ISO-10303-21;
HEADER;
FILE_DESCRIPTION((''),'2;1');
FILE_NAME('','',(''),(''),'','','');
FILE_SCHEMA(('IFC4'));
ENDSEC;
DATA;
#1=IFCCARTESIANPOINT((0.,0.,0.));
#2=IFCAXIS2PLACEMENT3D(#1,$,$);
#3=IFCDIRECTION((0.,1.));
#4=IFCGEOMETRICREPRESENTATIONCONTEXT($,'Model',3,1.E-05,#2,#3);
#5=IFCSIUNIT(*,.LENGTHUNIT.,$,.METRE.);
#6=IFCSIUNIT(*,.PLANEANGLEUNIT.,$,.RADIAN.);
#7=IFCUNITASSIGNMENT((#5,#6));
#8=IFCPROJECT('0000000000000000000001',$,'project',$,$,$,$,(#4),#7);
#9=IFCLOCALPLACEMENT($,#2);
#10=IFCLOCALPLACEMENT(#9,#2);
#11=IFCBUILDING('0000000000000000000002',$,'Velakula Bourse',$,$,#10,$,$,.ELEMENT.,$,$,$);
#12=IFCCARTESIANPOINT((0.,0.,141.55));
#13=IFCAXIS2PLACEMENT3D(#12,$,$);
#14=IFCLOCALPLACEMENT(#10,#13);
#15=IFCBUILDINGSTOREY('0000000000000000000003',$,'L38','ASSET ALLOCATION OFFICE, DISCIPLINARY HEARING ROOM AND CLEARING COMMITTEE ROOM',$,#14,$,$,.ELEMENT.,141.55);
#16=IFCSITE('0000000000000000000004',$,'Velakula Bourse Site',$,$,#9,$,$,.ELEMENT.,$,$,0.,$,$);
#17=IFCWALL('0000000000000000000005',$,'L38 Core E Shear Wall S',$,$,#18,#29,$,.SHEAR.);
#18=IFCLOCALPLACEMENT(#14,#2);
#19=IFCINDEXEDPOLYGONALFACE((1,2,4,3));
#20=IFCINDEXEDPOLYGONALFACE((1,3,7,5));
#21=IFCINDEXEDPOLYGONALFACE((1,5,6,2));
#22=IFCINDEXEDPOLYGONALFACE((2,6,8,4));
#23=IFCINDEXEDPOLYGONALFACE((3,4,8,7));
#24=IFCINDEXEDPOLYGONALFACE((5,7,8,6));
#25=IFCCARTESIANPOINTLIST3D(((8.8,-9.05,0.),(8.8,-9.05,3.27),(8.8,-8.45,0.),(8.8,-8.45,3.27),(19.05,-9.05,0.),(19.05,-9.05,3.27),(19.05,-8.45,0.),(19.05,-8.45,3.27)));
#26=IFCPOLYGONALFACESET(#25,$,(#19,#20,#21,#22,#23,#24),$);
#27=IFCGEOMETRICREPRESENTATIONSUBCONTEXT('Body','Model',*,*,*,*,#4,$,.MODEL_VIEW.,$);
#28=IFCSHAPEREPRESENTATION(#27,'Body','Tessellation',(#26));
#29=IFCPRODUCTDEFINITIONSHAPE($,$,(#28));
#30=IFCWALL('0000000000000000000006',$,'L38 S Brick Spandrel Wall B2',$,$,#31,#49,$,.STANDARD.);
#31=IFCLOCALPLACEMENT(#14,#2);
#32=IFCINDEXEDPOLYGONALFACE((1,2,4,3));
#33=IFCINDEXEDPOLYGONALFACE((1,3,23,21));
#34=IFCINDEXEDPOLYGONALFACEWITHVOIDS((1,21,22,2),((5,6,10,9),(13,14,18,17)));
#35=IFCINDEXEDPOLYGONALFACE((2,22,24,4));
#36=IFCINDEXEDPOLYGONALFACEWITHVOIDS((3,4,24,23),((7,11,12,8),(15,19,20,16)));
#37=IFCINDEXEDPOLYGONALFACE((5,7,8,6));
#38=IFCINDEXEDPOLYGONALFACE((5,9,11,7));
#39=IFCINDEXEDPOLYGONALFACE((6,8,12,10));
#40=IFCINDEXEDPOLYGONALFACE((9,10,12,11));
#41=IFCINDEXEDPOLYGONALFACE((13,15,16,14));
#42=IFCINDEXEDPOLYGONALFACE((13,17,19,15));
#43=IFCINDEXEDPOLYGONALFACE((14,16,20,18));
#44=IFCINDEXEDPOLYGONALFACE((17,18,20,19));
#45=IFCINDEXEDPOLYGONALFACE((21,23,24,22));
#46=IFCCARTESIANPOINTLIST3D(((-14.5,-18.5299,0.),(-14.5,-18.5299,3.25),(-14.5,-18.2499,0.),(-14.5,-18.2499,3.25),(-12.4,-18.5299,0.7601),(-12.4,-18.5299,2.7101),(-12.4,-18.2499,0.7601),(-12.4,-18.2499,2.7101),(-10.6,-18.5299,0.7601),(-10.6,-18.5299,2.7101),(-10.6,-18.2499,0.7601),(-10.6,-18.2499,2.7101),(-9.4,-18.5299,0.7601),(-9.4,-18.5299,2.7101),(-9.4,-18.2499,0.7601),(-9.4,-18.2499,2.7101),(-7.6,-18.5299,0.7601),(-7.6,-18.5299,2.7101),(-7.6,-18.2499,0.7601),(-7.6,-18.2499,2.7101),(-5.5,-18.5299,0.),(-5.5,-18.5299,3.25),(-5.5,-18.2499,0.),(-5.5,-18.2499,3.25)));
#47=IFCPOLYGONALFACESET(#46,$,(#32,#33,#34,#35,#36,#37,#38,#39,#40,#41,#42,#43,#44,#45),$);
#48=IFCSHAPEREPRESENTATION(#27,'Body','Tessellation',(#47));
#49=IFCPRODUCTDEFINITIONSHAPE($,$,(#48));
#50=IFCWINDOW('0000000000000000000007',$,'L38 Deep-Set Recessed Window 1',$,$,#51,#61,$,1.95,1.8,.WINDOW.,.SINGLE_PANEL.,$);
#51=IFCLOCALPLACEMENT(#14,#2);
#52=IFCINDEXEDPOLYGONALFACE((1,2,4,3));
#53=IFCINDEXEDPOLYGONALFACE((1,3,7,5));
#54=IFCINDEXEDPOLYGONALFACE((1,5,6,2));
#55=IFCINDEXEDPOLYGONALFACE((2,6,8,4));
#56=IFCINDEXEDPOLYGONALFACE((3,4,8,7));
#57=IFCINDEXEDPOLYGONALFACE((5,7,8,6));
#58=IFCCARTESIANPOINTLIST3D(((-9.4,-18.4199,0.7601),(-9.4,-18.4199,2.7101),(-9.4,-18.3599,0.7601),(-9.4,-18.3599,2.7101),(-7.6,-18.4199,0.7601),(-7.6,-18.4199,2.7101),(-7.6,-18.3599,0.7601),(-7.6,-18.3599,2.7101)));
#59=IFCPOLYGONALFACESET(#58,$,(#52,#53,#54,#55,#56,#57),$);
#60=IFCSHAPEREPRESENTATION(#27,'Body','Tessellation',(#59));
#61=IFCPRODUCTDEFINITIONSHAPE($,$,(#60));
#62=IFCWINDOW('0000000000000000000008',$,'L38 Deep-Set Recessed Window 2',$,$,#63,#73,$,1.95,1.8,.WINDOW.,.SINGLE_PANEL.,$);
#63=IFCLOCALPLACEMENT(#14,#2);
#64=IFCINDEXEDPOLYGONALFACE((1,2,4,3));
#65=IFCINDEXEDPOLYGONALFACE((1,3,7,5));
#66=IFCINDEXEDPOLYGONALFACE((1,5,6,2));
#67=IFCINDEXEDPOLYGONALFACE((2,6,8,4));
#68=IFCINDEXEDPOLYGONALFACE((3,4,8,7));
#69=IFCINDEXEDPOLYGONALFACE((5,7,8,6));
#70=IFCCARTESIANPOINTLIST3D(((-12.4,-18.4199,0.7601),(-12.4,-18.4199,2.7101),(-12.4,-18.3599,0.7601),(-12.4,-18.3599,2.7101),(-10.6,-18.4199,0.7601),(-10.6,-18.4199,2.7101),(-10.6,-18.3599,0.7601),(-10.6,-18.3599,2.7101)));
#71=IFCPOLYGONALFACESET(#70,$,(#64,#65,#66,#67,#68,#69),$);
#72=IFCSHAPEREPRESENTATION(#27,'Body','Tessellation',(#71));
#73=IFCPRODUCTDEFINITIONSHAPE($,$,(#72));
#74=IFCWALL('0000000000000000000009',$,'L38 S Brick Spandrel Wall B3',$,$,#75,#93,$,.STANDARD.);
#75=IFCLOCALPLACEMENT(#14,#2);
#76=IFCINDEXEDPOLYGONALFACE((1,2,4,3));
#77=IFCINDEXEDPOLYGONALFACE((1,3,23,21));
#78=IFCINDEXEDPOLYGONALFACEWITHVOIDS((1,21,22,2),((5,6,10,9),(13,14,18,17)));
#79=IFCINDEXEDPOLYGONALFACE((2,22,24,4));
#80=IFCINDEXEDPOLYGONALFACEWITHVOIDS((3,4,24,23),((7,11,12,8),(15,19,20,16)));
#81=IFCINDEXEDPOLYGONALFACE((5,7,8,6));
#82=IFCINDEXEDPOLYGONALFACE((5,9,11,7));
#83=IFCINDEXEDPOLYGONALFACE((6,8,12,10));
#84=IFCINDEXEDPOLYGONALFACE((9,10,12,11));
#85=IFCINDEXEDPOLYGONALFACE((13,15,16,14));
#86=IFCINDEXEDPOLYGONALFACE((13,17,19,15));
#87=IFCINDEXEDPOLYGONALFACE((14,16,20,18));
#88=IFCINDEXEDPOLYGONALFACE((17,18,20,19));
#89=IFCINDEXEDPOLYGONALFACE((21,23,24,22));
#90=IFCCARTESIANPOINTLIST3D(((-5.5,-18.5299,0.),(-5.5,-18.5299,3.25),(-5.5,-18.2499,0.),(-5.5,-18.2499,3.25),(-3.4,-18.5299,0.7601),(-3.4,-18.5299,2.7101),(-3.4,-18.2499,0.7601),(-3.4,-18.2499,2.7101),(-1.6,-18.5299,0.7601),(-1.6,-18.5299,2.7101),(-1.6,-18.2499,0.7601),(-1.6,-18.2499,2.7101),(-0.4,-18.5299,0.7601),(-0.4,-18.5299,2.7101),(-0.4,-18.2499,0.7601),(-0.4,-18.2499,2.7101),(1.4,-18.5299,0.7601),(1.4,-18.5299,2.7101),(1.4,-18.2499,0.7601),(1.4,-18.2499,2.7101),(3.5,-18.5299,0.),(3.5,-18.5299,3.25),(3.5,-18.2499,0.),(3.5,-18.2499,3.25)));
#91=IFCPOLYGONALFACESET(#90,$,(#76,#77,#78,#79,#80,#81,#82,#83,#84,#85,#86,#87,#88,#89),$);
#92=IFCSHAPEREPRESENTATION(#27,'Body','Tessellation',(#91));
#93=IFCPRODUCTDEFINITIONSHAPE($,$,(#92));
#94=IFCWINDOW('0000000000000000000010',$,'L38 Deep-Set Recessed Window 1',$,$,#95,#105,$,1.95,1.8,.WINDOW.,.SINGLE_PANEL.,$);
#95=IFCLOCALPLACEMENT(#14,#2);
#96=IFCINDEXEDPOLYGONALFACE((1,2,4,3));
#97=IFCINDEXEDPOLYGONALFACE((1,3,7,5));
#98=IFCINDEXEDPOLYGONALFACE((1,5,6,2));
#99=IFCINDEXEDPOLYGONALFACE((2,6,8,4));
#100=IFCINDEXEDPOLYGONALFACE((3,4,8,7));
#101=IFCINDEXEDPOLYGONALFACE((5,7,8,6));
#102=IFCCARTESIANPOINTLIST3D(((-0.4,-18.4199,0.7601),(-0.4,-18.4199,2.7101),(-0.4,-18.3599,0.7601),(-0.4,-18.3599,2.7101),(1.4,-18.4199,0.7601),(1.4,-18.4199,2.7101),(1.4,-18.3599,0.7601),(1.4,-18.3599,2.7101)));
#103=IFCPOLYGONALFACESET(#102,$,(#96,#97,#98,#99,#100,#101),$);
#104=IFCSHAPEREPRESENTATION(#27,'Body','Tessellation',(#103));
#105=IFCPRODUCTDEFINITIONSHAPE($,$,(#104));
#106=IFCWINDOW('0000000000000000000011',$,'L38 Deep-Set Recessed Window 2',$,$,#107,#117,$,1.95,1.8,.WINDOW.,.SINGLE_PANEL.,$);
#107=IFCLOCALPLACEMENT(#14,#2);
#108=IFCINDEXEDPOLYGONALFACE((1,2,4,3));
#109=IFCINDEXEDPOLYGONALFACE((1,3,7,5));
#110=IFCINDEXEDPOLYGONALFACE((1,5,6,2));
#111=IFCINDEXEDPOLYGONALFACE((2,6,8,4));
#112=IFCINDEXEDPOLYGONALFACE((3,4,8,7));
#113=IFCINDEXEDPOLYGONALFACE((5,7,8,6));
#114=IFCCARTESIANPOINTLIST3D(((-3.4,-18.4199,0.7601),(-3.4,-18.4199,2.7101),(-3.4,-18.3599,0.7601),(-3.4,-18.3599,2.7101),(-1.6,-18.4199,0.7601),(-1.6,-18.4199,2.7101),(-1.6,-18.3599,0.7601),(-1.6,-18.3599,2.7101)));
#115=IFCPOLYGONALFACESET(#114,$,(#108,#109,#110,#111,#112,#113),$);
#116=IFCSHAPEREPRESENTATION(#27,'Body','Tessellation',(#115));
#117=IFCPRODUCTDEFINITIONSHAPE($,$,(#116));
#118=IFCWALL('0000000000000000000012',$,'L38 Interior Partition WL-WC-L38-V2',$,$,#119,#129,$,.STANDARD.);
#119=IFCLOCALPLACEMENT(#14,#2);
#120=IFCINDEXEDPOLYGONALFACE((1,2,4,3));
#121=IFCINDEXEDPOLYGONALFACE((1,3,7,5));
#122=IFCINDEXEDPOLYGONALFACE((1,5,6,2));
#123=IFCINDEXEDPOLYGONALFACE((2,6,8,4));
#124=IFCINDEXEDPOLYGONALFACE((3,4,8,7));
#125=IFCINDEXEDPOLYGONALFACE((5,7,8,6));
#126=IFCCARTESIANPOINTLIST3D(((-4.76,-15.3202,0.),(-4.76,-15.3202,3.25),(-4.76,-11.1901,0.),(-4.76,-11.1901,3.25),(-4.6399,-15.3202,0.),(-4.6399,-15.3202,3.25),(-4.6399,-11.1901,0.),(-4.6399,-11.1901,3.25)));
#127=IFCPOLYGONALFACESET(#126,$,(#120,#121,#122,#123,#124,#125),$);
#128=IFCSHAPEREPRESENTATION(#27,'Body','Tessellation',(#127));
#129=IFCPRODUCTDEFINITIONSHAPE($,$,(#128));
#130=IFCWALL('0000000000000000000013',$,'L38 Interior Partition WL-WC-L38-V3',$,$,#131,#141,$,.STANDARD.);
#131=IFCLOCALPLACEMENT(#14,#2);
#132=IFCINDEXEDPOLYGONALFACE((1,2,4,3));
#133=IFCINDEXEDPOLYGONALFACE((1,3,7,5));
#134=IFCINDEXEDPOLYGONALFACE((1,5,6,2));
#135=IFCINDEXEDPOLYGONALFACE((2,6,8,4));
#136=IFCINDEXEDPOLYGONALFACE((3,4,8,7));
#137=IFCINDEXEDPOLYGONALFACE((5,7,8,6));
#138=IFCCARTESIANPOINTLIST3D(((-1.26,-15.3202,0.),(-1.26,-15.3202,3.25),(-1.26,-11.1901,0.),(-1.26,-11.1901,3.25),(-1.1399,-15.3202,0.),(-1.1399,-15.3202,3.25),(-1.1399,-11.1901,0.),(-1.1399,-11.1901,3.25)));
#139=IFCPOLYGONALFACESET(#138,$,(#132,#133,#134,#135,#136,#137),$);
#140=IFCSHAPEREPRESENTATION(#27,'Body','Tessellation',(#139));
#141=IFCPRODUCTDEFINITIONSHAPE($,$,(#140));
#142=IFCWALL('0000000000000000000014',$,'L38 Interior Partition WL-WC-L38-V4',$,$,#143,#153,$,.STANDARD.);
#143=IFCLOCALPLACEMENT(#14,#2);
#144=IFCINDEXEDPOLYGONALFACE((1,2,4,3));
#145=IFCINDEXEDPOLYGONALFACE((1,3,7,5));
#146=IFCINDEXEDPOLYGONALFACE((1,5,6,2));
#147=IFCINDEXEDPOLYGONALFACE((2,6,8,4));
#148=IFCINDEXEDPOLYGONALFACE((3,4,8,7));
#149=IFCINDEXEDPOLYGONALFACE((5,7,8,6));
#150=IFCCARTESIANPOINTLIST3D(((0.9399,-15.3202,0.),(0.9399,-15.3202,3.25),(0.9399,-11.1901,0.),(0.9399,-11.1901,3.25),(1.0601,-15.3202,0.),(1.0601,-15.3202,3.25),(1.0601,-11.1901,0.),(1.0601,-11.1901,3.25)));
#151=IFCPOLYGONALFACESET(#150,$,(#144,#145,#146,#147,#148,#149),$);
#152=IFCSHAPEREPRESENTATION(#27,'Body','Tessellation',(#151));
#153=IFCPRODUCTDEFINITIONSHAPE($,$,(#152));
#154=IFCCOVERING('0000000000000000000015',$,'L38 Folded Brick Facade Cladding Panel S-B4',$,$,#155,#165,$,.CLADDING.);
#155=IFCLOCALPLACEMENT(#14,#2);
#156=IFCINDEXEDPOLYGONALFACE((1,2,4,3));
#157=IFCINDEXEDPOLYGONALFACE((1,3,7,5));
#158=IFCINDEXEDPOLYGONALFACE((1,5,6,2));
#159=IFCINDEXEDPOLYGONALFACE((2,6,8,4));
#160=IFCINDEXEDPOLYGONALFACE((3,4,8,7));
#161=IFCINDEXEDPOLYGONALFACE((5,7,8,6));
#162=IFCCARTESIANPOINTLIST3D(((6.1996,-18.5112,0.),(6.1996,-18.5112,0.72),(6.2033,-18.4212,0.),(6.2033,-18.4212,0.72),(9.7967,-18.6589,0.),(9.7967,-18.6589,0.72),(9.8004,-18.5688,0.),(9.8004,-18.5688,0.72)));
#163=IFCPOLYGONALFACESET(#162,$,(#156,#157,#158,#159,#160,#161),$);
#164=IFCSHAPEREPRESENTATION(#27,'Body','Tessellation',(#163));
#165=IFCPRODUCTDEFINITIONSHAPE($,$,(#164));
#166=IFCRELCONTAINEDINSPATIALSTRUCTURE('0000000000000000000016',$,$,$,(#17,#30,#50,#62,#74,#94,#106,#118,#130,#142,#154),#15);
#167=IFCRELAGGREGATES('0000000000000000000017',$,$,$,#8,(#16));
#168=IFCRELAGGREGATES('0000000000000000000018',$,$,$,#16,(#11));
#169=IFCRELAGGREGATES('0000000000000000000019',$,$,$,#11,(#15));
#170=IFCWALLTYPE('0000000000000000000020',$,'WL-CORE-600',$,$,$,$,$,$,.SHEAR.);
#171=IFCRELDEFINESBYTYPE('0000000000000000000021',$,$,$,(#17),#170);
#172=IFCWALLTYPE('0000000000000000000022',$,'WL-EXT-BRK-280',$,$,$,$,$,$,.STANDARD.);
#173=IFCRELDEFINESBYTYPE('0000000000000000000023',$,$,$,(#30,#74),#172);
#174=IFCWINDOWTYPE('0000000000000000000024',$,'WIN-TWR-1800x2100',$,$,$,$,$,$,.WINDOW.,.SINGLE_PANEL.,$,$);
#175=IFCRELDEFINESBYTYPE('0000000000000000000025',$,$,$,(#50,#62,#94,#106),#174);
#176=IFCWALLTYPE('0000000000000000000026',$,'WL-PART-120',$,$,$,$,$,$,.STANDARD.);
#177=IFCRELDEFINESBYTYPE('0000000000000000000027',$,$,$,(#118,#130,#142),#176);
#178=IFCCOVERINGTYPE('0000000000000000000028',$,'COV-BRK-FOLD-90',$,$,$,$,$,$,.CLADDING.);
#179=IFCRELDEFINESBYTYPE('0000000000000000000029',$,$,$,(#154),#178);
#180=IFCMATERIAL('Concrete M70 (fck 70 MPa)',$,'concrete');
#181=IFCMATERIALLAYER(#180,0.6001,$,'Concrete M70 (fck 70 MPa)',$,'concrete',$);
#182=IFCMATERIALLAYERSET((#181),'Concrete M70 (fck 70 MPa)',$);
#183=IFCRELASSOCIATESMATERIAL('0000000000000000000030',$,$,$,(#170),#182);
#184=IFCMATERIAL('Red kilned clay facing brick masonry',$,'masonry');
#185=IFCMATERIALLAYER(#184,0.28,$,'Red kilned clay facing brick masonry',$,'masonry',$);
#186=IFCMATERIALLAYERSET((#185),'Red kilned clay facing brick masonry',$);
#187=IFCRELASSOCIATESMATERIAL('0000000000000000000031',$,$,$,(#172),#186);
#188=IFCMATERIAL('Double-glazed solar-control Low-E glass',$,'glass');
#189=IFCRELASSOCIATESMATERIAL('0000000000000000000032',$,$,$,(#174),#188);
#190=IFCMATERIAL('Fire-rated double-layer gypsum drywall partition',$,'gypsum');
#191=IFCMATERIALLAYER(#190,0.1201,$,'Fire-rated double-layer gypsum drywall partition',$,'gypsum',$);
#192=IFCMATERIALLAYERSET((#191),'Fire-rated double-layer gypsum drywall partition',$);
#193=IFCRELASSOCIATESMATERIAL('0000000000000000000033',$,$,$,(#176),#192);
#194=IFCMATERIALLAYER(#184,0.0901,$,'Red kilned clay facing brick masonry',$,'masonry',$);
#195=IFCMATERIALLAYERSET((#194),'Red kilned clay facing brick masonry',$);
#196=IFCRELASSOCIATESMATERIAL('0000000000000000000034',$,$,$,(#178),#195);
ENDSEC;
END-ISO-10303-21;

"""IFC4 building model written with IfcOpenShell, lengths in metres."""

from ifc_helpers import new_model, si_unit, direction, frame, frame_2d, origin, origin_2d, place, context, subcontext, project, spatial, rectangle, extrude, material, layer, layer_set, type_object, element, fill, save


model = new_model("IFC4")

# Units and contexts
model_context = context("Model", 3, precision=1e-05, world=origin(), true_north=direction((0.0, 1.0)))
body_context = subcontext(model_context, "Body", "Model", "MODEL_VIEW")
ifc_project = project(units=[si_unit("LENGTHUNIT", "METRE"), si_unit("PLANEANGLEUNIT", "RADIAN")], contexts=[model_context])

# Site, building, storey
site_placement = place(None, origin())
site = spatial("IfcSite", under=ifc_project, at=site_placement, Name="Velakula Bourse Site", CompositionType="ELEMENT", RefElevation=0.0)
building_placement = place(site_placement, origin())
building = spatial("IfcBuilding", under=site, at=building_placement, Name="Velakula Bourse", CompositionType="ELEMENT")
storey_placement = place(building_placement, frame((0.0, 0.0, 141.55)))
storey = spatial("IfcBuildingStorey", under=building, at=storey_placement, Name="L38", Description="ASSET ALLOCATION OFFICE, DISCIPLINARY HEARING ROOM AND CLEARING COMMITTEE ROOM", CompositionType="ELEMENT", Elevation=141.55)

# Shared definitions
ifc_material_1 = material(Name="Concrete M70 (fck 70 MPa)", Category="concrete")

# Wall
ifc_layer_1 = layer(ifc_material_1, 0.6001, Name="Concrete M70 (fck 70 MPa)", Category="concrete")
ifc_layer_set_1 = layer_set([ifc_layer_1], Name="Concrete M70 (fck 70 MPa)")
wall_type_1 = type_object("IfcWallType", Name="WL-CORE-600", PredefinedType="SHEAR", material=ifc_layer_set_1)
wall_1_placement = place(storey_placement, frame((8.8, -8.75, 0.0), z_axis=(0.0, 0.0, 1.0), x_axis=(1.0, 0.0, 0.0)))
element("IfcWall", 1, at=wall_1_placement, inside=storey, type_object=wall_type_1, Name="L38 Core E Shear Wall S", PredefinedType="SHEAR", context=body_context, shape_type="SweptSolid", body=[
    extrude(rectangle(XDim=10.25, YDim=0.6001, at=frame_2d((5.125, 0.0))), origin(), (0.0, 0.0, 1.0), 3.27),
])

# Walls, openings, windows
ifc_material_2 = material(Name="Red kilned clay facing brick masonry", Category="masonry")
ifc_layer_2 = layer(ifc_material_2, 0.28, Name="Red kilned clay facing brick masonry", Category="masonry")
ifc_layer_set_2 = layer_set([ifc_layer_2], Name="Red kilned clay facing brick masonry")
wall_type_2 = type_object("IfcWallType", Name="WL-EXT-BRK-280", PredefinedType="STANDARD", material=ifc_layer_set_2)
wall_2_placement = place(storey_placement, frame((-5.5, -18.3899, 0.0), z_axis=(0.0, 0.0, 1.0), x_axis=(-1.0, 0.0, 0.0)))
wall_2 = element("IfcWall", 2, at=wall_2_placement, inside=storey, type_object=wall_type_2, Name="L38 S Brick Spandrel Wall B2", PredefinedType="STANDARD", context=body_context, shape_type="SweptSolid", body=[
    extrude(rectangle(XDim=9.0, YDim=0.28, at=frame_2d((4.5, 0.0))), origin(), (0.0, 0.0, 1.0), 3.25),
])
opening_1_placement = place(wall_2_placement, frame((2.1001, 0.0, 0.76)))
opening_1 = element("IfcOpeningElement", 3, at=opening_1_placement, cuts=wall_2, PredefinedType="OPENING", context=body_context, shape_type="SweptSolid", body=[
    extrude(rectangle(XDim=1.8, YDim=1.95, at=frame_2d((0.8999, 0.9751))), frame((0.0, 0.1499, 0.0), z_axis=(0.0, -1.0, 0.0), x_axis=(1.0, 0.0, 0.0)), (0.0, 0.0, 1.0), 0.3),
])
opening_2_placement = place(wall_2_placement, frame((5.1001, 0.0, 0.76)))
opening_2 = element("IfcOpeningElement", 4, at=opening_2_placement, cuts=wall_2, PredefinedType="OPENING", context=body_context, shape_type="SweptSolid", body=[
    extrude(rectangle(XDim=1.8, YDim=1.95, at=frame_2d((0.8999, 0.9751))), frame((0.0, 0.1499, 0.0), z_axis=(0.0, -1.0, 0.0), x_axis=(1.0, 0.0, 0.0)), (0.0, 0.0, 1.0), 0.3),
])
ifc_material_3 = material(Name="Double-glazed solar-control Low-E glass", Category="glass")
window_type = type_object("IfcWindowType", Name="WIN-TWR-1800x2100", PartitioningType="SINGLE_PANEL", PredefinedType="WINDOW", material=ifc_material_3)
window_1_placement = place(opening_1_placement, origin())
window_1 = element("IfcWindow", 5, at=window_1_placement, inside=storey, type_object=window_type, Name="L38 Deep-Set Recessed Window 1", OverallHeight=1.95, OverallWidth=1.8, PartitioningType="SINGLE_PANEL", PredefinedType="WINDOW", context=body_context, shape_type="SweptSolid", body=[
    extrude(rectangle(XDim=1.8, YDim=1.95, at=frame_2d((0.8999, 0.9751))), frame((0.0, 0.03, 0.0), z_axis=(0.0, -1.0, 0.0), x_axis=(1.0, 0.0, 0.0)), (0.0, 0.0, 1.0), 0.0601),
])
fill(opening_1, window_1)
window_2_placement = place(opening_2_placement, origin())
window_2 = element("IfcWindow", 6, at=window_2_placement, inside=storey, type_object=window_type, Name="L38 Deep-Set Recessed Window 2", OverallHeight=1.95, OverallWidth=1.8, PartitioningType="SINGLE_PANEL", PredefinedType="WINDOW", context=body_context, shape_type="SweptSolid", body=[
    extrude(rectangle(XDim=1.8, YDim=1.95, at=frame_2d((0.8999, 0.9751))), frame((0.0, 0.03, 0.0), z_axis=(0.0, -1.0, 0.0), x_axis=(1.0, 0.0, 0.0)), (0.0, 0.0, 1.0), 0.0601),
])
fill(opening_2, window_2)
wall_3_placement = place(storey_placement, frame((3.5, -18.3899, 0.0), z_axis=(0.0, 0.0, 1.0), x_axis=(-1.0, 0.0, 0.0)))
wall_3 = element("IfcWall", 7, at=wall_3_placement, inside=storey, type_object=wall_type_2, Name="L38 S Brick Spandrel Wall B3", PredefinedType="STANDARD", context=body_context, shape_type="SweptSolid", body=[
    extrude(rectangle(XDim=9.0, YDim=0.28, at=frame_2d((4.5, 0.0))), origin(), (0.0, 0.0, 1.0), 3.25),
])
opening_3_placement = place(wall_3_placement, frame((2.1001, 0.0, 0.76)))
opening_3 = element("IfcOpeningElement", 8, at=opening_3_placement, cuts=wall_3, PredefinedType="OPENING", context=body_context, shape_type="SweptSolid", body=[
    extrude(rectangle(XDim=1.8, YDim=1.95, at=frame_2d((0.8999, 0.9751))), frame((0.0, 0.1499, 0.0), z_axis=(0.0, -1.0, 0.0), x_axis=(1.0, 0.0, 0.0)), (0.0, 0.0, 1.0), 0.3),
])
opening_4_placement = place(wall_3_placement, frame((5.1001, 0.0, 0.76)))
opening_4 = element("IfcOpeningElement", 9, at=opening_4_placement, cuts=wall_3, PredefinedType="OPENING", context=body_context, shape_type="SweptSolid", body=[
    extrude(rectangle(XDim=1.8, YDim=1.95, at=frame_2d((0.8999, 0.9751))), frame((0.0, 0.1499, 0.0), z_axis=(0.0, -1.0, 0.0), x_axis=(1.0, 0.0, 0.0)), (0.0, 0.0, 1.0), 0.3),
])
window_3_placement = place(opening_3_placement, origin())
window_3 = element("IfcWindow", 10, at=window_3_placement, inside=storey, type_object=window_type, Name="L38 Deep-Set Recessed Window 1", OverallHeight=1.95, OverallWidth=1.8, PartitioningType="SINGLE_PANEL", PredefinedType="WINDOW", context=body_context, shape_type="SweptSolid", body=[
    extrude(rectangle(XDim=1.8, YDim=1.95, at=frame_2d((0.8999, 0.9751))), frame((0.0, 0.03, 0.0), z_axis=(0.0, -1.0, 0.0), x_axis=(1.0, 0.0, 0.0)), (0.0, 0.0, 1.0), 0.0601),
])
fill(opening_3, window_3)
window_4_placement = place(opening_4_placement, origin())
window_4 = element("IfcWindow", 11, at=window_4_placement, inside=storey, type_object=window_type, Name="L38 Deep-Set Recessed Window 2", OverallHeight=1.95, OverallWidth=1.8, PartitioningType="SINGLE_PANEL", PredefinedType="WINDOW", context=body_context, shape_type="SweptSolid", body=[
    extrude(rectangle(XDim=1.8, YDim=1.95, at=frame_2d((0.8999, 0.9751))), frame((0.0, 0.03, 0.0), z_axis=(0.0, -1.0, 0.0), x_axis=(1.0, 0.0, 0.0)), (0.0, 0.0, 1.0), 0.0601),
])
fill(opening_4, window_4)

# Walls
ifc_material_4 = material(Name="Fire-rated double-layer gypsum drywall partition", Category="gypsum")
ifc_layer_3 = layer(ifc_material_4, 0.1201, Name="Fire-rated double-layer gypsum drywall partition", Category="gypsum")
ifc_layer_set_3 = layer_set([ifc_layer_3], Name="Fire-rated double-layer gypsum drywall partition")
wall_type_3 = type_object("IfcWallType", Name="WL-PART-120", PredefinedType="STANDARD", material=ifc_layer_set_3)
for number, where, z_axis, x_axis, name in (
    (12, (-4.7, -15.3201, 0.0), (0.0, 0.0, 1.0), (0.0, 1.0, 0.0), "L38 Interior Partition WL-WC-L38-V2"),
    (13, (-1.2, -15.3201, 0.0), (0.0, 0.0, 1.0), (0.0, 1.0, 0.0), "L38 Interior Partition WL-WC-L38-V3"),
    (14, (1.0, -15.3201, 0.0), (0.0, 0.0, 1.0), (0.0, 1.0, 0.0), "L38 Interior Partition WL-WC-L38-V4"),
):
    element("IfcWall", number, at=place(storey_placement, frame(where, z_axis=z_axis, x_axis=x_axis)), inside=storey, type_object=wall_type_3, Name=name, PredefinedType="STANDARD", context=body_context, shape_type="SweptSolid", body=[
        extrude(rectangle(XDim=4.1301, YDim=0.1201, at=frame_2d((2.0649, 0.0))), origin(), (0.0, 0.0, 1.0), 3.25),
    ])

# Covering
ifc_layer_4 = layer(ifc_material_2, 0.0901, Name="Red kilned clay facing brick masonry", Category="masonry")
ifc_layer_set_4 = layer_set([ifc_layer_4], Name="Red kilned clay facing brick masonry")
covering_type = type_object("IfcCoveringType", Name="COV-BRK-FOLD-90", PredefinedType="CLADDING", material=ifc_layer_set_4)
covering_placement = place(storey_placement, frame((8.0, -18.54, 0.0), z_axis=(0.0, 0.0, 1.0), x_axis=(0.999159, -0.041004, 0.0)))
element("IfcCovering", 15, at=covering_placement, inside=storey, type_object=covering_type, Name="L38 Folded Brick Facade Cladding Panel S-B4", PredefinedType="CLADDING", context=body_context, shape_type="SweptSolid", body=[
    extrude(rectangle(XDim=3.6001, YDim=0.0901, at=origin_2d()), origin(), (0.0, 0.0, 1.0), 0.72),
])

save(model, "model.ifc")
